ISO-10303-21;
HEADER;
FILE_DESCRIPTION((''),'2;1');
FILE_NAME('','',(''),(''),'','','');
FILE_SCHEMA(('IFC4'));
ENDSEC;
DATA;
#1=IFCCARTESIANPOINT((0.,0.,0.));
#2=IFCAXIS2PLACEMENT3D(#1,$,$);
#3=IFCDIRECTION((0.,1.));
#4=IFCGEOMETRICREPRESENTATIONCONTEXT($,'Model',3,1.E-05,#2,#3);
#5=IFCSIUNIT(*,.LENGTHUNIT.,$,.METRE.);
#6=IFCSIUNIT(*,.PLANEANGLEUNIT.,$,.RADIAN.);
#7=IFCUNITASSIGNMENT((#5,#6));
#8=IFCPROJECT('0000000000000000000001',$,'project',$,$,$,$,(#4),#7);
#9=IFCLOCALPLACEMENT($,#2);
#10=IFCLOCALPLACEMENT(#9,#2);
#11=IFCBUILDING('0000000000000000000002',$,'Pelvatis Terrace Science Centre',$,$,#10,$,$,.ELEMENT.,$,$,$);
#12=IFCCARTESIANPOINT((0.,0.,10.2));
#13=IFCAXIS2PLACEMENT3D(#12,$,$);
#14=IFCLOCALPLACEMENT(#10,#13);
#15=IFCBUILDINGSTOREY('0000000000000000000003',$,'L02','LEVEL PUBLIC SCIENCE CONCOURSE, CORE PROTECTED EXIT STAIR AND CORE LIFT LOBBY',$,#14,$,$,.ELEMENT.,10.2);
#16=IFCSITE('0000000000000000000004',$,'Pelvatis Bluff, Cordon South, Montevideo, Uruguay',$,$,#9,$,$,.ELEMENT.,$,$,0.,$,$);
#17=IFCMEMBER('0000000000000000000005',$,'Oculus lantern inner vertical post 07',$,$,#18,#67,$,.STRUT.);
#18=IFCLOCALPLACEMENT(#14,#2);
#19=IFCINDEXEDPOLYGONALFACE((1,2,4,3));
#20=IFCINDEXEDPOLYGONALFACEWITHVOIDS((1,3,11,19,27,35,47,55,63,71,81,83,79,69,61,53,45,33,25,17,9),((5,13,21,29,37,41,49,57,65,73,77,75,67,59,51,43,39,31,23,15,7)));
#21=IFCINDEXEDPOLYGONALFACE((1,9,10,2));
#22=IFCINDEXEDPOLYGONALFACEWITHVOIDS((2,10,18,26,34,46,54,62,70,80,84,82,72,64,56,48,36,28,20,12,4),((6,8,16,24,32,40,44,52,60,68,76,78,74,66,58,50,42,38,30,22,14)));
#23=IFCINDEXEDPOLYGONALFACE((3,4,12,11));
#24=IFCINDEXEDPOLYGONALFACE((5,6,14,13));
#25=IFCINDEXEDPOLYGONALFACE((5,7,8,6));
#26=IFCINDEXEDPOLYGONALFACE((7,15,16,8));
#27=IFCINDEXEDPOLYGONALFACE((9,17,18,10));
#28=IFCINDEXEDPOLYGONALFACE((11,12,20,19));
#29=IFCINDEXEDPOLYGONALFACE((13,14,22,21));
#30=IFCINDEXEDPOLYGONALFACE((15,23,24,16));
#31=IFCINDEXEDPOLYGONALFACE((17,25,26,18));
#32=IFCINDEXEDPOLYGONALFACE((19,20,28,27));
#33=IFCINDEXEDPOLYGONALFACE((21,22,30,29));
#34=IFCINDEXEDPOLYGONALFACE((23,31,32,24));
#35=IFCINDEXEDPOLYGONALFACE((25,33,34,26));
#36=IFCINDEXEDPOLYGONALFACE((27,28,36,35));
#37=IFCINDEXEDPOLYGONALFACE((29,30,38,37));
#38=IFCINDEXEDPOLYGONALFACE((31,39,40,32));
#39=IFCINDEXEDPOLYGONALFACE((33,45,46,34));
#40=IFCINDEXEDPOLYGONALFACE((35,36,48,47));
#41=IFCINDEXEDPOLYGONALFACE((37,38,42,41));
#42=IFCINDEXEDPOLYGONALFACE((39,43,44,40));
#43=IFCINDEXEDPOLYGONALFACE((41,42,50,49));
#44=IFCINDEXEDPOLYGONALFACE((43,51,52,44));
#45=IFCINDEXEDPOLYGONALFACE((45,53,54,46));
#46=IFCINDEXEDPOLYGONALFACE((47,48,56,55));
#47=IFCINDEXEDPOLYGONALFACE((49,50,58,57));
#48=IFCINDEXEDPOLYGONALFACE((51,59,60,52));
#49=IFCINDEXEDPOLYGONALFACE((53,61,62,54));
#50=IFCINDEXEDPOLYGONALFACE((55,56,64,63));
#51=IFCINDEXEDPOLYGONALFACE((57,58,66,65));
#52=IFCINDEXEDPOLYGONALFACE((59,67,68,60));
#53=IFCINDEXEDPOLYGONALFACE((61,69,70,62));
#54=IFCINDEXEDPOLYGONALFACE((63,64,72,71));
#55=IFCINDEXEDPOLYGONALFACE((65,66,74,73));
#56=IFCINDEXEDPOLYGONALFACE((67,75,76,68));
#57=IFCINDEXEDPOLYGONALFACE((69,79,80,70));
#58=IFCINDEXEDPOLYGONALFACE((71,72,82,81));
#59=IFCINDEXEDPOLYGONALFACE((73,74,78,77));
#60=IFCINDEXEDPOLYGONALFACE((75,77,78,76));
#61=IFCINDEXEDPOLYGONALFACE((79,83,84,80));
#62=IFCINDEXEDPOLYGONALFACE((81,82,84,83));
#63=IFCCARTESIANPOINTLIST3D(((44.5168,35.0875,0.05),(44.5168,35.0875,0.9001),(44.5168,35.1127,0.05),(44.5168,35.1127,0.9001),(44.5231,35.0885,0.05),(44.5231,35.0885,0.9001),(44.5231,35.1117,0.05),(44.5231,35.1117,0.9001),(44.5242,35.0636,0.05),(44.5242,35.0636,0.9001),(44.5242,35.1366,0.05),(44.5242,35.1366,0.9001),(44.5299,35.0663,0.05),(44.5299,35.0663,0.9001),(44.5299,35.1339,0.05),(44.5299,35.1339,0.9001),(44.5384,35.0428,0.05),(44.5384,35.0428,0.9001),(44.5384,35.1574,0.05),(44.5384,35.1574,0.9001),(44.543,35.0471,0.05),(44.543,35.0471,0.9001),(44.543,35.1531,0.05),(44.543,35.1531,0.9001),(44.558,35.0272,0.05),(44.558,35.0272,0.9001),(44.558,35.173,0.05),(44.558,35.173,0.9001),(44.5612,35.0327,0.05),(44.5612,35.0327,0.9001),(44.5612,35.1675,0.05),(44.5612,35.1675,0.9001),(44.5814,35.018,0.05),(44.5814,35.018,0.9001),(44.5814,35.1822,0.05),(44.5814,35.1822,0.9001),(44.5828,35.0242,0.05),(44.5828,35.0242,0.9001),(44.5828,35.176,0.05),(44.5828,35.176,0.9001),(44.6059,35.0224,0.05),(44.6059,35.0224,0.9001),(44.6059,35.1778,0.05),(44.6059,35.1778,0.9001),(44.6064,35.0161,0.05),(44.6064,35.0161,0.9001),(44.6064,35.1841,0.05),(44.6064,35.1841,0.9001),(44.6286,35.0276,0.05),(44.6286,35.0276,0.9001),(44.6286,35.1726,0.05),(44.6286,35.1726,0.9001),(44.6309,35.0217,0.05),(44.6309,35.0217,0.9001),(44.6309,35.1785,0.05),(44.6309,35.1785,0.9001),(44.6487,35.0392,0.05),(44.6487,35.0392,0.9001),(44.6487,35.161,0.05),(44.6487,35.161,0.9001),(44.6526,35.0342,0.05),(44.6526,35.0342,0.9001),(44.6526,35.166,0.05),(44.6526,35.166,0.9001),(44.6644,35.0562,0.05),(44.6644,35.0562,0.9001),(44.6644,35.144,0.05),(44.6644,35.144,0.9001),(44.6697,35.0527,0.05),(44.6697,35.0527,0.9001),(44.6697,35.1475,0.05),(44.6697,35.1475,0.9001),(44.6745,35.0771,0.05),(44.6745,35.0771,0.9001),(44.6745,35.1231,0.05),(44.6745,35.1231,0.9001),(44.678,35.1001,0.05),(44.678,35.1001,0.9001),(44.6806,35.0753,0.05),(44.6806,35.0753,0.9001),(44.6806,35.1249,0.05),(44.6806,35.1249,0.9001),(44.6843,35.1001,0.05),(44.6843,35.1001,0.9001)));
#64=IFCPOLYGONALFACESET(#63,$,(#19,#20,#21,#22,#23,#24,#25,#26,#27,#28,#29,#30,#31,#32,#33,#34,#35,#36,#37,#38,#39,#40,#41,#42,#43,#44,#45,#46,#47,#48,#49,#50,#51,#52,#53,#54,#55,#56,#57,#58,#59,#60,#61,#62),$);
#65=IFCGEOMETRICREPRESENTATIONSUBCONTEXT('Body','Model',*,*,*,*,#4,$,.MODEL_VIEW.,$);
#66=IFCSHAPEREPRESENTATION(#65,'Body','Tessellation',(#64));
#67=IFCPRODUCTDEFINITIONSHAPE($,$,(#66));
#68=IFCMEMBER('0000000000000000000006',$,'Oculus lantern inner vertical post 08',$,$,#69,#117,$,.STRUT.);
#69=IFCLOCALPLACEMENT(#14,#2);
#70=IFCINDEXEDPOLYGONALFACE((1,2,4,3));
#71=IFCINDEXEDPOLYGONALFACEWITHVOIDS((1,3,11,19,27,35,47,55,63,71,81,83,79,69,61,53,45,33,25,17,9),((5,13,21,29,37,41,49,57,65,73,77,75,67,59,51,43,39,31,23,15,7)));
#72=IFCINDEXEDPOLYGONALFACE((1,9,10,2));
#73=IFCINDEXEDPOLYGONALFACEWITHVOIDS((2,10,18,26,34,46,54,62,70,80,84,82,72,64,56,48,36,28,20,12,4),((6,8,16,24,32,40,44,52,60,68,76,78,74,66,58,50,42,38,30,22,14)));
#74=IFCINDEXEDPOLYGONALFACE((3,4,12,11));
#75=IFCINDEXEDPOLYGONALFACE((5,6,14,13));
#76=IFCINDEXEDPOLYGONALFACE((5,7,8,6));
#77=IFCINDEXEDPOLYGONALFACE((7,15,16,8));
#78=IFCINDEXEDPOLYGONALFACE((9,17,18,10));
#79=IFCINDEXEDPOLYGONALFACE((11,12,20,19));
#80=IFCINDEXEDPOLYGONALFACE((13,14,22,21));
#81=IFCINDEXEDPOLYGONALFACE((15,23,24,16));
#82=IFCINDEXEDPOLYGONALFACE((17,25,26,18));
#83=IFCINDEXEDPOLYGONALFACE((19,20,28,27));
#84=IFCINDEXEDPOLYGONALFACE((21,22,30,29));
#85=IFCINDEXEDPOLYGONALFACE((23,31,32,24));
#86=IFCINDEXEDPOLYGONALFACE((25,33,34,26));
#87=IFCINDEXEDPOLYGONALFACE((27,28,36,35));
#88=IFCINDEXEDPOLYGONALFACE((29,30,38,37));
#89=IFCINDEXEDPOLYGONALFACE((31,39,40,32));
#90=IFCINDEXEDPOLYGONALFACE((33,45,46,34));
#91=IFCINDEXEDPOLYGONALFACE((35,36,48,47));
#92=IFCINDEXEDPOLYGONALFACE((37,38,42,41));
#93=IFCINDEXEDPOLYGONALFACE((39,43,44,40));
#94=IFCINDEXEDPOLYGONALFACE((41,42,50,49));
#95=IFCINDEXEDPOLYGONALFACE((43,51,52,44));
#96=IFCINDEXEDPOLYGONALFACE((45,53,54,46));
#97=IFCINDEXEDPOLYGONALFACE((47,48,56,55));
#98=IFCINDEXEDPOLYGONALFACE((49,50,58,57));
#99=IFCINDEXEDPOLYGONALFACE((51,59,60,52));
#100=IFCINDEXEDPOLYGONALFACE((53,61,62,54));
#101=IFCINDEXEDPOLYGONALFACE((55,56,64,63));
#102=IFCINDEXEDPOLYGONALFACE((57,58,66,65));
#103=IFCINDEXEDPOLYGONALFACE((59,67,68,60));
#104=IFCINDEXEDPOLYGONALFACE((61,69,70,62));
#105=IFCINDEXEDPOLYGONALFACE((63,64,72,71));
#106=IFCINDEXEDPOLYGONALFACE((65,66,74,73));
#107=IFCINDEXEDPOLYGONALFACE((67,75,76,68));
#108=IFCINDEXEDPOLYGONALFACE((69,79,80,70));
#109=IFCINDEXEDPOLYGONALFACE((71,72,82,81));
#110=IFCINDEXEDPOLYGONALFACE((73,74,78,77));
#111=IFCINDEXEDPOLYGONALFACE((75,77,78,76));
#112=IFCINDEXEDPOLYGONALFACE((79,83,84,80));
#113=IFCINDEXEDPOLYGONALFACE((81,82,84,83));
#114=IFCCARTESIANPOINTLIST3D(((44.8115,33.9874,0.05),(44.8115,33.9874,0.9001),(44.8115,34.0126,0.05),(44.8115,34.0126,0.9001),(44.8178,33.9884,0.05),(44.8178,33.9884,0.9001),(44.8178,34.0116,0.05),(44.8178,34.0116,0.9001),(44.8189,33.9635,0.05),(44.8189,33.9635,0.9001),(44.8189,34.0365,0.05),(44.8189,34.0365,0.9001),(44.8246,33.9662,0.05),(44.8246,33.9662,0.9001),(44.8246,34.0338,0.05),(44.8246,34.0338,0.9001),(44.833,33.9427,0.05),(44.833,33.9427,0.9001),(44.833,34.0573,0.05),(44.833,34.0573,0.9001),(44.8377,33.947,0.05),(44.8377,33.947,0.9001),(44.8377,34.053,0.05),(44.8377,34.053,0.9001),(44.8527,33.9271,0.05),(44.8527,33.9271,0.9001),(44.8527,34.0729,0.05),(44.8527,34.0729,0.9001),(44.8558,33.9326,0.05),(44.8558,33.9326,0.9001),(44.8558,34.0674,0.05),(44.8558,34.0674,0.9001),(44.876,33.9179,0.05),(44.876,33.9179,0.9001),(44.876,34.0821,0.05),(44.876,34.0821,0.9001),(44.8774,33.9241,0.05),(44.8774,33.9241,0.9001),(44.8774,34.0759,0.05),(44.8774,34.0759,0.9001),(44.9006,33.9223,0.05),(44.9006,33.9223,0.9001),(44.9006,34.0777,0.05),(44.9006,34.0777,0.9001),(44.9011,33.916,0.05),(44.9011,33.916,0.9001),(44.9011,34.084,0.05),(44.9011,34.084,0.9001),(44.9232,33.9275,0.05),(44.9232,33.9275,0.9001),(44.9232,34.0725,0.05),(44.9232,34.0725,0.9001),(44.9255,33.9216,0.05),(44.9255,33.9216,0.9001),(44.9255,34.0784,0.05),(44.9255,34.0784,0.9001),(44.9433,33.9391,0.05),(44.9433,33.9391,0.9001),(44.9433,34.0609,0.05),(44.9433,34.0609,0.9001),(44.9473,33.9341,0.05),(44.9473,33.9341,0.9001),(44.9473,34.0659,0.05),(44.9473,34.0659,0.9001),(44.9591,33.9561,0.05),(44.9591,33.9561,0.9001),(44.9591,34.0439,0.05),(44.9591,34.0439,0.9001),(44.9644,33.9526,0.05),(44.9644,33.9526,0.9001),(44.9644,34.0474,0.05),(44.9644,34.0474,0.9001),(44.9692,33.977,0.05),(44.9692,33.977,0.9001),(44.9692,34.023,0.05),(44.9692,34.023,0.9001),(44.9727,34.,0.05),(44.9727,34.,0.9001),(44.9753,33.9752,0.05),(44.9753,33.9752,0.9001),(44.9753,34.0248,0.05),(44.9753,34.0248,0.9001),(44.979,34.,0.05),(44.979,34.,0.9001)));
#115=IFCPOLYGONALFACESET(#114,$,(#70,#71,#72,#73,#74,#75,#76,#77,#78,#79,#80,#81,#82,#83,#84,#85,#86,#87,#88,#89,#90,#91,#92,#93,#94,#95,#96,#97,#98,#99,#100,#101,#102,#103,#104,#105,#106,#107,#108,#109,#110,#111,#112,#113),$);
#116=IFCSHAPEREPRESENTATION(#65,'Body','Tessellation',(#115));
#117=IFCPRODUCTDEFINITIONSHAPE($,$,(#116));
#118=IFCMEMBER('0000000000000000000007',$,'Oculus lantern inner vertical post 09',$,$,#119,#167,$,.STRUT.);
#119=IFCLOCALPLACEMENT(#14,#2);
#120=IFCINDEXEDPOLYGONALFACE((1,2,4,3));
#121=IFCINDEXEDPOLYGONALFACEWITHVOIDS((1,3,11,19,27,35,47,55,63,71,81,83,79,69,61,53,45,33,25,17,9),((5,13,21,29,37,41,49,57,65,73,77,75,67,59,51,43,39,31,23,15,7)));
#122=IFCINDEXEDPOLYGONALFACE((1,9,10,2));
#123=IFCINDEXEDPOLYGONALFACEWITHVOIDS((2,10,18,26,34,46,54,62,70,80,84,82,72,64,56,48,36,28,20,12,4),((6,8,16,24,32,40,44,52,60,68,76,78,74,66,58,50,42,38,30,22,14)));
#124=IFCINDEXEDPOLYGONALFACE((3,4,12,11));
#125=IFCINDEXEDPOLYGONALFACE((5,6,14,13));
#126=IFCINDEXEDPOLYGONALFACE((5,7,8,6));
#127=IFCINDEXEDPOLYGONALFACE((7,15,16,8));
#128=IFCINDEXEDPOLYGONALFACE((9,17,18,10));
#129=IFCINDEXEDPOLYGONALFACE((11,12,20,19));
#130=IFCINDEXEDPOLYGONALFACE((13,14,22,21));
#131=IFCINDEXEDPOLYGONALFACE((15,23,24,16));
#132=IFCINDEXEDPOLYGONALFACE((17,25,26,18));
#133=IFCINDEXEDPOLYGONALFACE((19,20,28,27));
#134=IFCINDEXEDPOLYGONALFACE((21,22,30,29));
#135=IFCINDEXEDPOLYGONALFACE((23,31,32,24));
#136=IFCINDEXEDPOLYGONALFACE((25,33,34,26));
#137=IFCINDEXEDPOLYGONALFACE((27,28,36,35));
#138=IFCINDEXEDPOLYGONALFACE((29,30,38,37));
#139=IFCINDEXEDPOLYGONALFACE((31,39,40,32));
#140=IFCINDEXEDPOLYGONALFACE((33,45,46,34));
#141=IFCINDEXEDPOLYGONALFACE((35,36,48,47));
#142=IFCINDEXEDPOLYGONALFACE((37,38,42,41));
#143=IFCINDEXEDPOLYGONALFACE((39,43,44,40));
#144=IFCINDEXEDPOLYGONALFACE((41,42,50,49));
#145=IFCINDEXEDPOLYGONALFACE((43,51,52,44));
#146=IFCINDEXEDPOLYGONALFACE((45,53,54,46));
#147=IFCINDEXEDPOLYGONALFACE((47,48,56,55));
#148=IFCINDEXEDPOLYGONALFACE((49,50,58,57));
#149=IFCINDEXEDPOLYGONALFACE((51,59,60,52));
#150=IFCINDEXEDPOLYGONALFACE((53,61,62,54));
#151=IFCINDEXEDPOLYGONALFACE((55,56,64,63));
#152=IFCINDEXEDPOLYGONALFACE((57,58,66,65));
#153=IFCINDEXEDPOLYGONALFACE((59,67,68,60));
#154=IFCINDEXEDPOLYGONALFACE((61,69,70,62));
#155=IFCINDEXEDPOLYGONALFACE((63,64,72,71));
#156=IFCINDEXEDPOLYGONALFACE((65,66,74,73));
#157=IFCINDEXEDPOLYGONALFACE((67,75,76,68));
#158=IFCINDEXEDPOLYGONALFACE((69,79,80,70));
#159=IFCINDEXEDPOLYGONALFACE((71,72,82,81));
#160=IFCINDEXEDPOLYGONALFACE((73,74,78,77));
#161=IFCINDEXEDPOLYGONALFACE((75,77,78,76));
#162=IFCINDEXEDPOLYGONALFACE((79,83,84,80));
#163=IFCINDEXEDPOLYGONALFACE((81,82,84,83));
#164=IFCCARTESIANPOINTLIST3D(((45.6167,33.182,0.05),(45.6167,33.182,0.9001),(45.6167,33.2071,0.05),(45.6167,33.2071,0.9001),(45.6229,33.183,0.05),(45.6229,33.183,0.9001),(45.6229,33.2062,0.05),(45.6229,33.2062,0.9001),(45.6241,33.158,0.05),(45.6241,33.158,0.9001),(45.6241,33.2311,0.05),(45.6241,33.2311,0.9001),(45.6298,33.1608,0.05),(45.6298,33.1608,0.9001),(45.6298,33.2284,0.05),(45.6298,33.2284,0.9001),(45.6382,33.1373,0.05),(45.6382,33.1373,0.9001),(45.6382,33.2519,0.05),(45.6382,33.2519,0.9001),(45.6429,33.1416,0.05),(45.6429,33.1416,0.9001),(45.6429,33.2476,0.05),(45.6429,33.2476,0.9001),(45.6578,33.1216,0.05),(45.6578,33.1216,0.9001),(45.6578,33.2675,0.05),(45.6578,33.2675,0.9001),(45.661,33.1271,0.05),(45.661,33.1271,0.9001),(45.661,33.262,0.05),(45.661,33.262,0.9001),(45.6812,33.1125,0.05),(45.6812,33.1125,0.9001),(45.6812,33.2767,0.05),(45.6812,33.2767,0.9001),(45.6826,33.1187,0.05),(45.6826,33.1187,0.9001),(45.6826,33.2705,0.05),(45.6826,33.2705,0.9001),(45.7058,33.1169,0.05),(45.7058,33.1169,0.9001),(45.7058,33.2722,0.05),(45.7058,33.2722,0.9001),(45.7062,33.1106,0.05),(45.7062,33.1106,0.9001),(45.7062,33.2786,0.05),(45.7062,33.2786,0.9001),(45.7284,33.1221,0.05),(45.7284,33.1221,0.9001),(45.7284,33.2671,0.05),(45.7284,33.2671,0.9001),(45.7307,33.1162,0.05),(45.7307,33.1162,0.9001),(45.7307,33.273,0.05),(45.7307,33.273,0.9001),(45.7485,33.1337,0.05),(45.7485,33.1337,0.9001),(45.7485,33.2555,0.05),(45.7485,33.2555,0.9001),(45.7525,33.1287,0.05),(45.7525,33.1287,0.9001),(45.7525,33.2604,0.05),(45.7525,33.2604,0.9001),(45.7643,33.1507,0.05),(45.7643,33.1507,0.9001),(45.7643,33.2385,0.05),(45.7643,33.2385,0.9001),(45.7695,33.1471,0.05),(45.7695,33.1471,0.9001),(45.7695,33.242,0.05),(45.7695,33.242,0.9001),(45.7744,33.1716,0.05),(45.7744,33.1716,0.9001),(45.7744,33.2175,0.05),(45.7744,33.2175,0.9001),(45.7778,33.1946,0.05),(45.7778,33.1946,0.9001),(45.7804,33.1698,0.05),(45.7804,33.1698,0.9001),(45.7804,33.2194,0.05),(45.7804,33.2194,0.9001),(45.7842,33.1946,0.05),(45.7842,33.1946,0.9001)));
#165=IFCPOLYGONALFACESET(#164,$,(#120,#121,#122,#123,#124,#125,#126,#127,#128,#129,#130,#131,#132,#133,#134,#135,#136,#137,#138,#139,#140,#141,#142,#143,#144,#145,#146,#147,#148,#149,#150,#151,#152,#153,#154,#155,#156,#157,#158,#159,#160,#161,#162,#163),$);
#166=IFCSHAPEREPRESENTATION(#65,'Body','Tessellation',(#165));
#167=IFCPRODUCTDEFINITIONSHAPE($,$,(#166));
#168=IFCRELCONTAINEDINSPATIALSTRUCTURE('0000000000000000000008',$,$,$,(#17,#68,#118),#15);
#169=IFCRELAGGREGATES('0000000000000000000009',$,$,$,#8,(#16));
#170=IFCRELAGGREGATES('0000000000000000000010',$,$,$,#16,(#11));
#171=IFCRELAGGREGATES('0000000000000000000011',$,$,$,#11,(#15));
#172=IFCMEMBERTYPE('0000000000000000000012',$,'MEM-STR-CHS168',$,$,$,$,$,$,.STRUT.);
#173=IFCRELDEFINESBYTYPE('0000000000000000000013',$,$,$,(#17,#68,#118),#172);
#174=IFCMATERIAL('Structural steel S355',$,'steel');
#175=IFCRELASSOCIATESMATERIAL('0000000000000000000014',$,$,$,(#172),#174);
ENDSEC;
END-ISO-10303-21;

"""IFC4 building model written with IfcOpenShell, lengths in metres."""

from ifc_helpers import new_model, si_unit, direction, frame, origin, origin_2d, place, context, subcontext, project, spatial, hollow_circle, extrude, material, material_profile, profile_set, type_object, element, save


model = new_model("IFC4")

# Units and contexts
model_context = context("Model", 3, precision=1e-05, world=origin(), true_north=direction((0.0, 1.0)))
body_context = subcontext(model_context, "Body", "Model", "MODEL_VIEW")
ifc_project = project(units=[si_unit("LENGTHUNIT", "METRE"), si_unit("PLANEANGLEUNIT", "RADIAN")], contexts=[model_context])

# Site, building, storey
site_placement = place(None, origin())
site = spatial("IfcSite", under=ifc_project, at=site_placement, Name="Pelvatis Bluff, Cordon South, Montevideo, Uruguay", CompositionType="ELEMENT", RefElevation=0.0)
building_placement = place(site_placement, origin())
building = spatial("IfcBuilding", under=site, at=building_placement, Name="Pelvatis Terrace Science Centre", CompositionType="ELEMENT")
storey_placement = place(building_placement, frame((0.0, 0.0, 10.2)))
storey = spatial("IfcBuildingStorey", under=building, at=storey_placement, Name="L02", Description="LEVEL PUBLIC SCIENCE CONCOURSE, CORE PROTECTED EXIT STAIR AND CORE LIFT LOBBY", CompositionType="ELEMENT", Elevation=10.2)

# Members
ifc_material_1 = material(Name="Structural steel S355", Category="steel")
ifc_material_profile_1 = material_profile(ifc_material_1, hollow_circle(Radius=0.0842, WallThickness=0.0063, at=origin_2d()), Name="CHS 168.3x6.3")
ifc_profile_set_1 = profile_set([ifc_material_profile_1], Name="Structural steel S355")
member_type_1 = type_object("IfcMemberType", Name="MEM-STR-CHS168", PredefinedType="STRUT", material=ifc_profile_set_1)
for number, where, z_axis, x_axis, name in (
    (1, (44.6001, 35.1001, 0.05), (0.0, 0.0, 1.0), (1.0, 0.0, 0.0), "Oculus lantern inner vertical post 07"),
    (2, (44.8948, 34.0, 0.05), (0.0, 0.0, 1.0), (1.0, 0.0, 0.0), "Oculus lantern inner vertical post 08"),
    (3, (45.7, 33.1946, 0.05), (0.0, 0.0, 1.0), (1.0, 0.0, 0.0), "Oculus lantern inner vertical post 09"),
):
    element("IfcMember", number, at=place(storey_placement, frame(where, z_axis=z_axis, x_axis=x_axis)), inside=storey, type_object=member_type_1, Name=name, PredefinedType="STRUT", context=body_context, shape_type="SweptSolid", body=[
        extrude(hollow_circle(Radius=0.0842, WallThickness=0.0063, at=origin_2d()), origin(), (0.0, 0.0, 1.0), 0.8501),
    ])

save(model, "model.ifc")
